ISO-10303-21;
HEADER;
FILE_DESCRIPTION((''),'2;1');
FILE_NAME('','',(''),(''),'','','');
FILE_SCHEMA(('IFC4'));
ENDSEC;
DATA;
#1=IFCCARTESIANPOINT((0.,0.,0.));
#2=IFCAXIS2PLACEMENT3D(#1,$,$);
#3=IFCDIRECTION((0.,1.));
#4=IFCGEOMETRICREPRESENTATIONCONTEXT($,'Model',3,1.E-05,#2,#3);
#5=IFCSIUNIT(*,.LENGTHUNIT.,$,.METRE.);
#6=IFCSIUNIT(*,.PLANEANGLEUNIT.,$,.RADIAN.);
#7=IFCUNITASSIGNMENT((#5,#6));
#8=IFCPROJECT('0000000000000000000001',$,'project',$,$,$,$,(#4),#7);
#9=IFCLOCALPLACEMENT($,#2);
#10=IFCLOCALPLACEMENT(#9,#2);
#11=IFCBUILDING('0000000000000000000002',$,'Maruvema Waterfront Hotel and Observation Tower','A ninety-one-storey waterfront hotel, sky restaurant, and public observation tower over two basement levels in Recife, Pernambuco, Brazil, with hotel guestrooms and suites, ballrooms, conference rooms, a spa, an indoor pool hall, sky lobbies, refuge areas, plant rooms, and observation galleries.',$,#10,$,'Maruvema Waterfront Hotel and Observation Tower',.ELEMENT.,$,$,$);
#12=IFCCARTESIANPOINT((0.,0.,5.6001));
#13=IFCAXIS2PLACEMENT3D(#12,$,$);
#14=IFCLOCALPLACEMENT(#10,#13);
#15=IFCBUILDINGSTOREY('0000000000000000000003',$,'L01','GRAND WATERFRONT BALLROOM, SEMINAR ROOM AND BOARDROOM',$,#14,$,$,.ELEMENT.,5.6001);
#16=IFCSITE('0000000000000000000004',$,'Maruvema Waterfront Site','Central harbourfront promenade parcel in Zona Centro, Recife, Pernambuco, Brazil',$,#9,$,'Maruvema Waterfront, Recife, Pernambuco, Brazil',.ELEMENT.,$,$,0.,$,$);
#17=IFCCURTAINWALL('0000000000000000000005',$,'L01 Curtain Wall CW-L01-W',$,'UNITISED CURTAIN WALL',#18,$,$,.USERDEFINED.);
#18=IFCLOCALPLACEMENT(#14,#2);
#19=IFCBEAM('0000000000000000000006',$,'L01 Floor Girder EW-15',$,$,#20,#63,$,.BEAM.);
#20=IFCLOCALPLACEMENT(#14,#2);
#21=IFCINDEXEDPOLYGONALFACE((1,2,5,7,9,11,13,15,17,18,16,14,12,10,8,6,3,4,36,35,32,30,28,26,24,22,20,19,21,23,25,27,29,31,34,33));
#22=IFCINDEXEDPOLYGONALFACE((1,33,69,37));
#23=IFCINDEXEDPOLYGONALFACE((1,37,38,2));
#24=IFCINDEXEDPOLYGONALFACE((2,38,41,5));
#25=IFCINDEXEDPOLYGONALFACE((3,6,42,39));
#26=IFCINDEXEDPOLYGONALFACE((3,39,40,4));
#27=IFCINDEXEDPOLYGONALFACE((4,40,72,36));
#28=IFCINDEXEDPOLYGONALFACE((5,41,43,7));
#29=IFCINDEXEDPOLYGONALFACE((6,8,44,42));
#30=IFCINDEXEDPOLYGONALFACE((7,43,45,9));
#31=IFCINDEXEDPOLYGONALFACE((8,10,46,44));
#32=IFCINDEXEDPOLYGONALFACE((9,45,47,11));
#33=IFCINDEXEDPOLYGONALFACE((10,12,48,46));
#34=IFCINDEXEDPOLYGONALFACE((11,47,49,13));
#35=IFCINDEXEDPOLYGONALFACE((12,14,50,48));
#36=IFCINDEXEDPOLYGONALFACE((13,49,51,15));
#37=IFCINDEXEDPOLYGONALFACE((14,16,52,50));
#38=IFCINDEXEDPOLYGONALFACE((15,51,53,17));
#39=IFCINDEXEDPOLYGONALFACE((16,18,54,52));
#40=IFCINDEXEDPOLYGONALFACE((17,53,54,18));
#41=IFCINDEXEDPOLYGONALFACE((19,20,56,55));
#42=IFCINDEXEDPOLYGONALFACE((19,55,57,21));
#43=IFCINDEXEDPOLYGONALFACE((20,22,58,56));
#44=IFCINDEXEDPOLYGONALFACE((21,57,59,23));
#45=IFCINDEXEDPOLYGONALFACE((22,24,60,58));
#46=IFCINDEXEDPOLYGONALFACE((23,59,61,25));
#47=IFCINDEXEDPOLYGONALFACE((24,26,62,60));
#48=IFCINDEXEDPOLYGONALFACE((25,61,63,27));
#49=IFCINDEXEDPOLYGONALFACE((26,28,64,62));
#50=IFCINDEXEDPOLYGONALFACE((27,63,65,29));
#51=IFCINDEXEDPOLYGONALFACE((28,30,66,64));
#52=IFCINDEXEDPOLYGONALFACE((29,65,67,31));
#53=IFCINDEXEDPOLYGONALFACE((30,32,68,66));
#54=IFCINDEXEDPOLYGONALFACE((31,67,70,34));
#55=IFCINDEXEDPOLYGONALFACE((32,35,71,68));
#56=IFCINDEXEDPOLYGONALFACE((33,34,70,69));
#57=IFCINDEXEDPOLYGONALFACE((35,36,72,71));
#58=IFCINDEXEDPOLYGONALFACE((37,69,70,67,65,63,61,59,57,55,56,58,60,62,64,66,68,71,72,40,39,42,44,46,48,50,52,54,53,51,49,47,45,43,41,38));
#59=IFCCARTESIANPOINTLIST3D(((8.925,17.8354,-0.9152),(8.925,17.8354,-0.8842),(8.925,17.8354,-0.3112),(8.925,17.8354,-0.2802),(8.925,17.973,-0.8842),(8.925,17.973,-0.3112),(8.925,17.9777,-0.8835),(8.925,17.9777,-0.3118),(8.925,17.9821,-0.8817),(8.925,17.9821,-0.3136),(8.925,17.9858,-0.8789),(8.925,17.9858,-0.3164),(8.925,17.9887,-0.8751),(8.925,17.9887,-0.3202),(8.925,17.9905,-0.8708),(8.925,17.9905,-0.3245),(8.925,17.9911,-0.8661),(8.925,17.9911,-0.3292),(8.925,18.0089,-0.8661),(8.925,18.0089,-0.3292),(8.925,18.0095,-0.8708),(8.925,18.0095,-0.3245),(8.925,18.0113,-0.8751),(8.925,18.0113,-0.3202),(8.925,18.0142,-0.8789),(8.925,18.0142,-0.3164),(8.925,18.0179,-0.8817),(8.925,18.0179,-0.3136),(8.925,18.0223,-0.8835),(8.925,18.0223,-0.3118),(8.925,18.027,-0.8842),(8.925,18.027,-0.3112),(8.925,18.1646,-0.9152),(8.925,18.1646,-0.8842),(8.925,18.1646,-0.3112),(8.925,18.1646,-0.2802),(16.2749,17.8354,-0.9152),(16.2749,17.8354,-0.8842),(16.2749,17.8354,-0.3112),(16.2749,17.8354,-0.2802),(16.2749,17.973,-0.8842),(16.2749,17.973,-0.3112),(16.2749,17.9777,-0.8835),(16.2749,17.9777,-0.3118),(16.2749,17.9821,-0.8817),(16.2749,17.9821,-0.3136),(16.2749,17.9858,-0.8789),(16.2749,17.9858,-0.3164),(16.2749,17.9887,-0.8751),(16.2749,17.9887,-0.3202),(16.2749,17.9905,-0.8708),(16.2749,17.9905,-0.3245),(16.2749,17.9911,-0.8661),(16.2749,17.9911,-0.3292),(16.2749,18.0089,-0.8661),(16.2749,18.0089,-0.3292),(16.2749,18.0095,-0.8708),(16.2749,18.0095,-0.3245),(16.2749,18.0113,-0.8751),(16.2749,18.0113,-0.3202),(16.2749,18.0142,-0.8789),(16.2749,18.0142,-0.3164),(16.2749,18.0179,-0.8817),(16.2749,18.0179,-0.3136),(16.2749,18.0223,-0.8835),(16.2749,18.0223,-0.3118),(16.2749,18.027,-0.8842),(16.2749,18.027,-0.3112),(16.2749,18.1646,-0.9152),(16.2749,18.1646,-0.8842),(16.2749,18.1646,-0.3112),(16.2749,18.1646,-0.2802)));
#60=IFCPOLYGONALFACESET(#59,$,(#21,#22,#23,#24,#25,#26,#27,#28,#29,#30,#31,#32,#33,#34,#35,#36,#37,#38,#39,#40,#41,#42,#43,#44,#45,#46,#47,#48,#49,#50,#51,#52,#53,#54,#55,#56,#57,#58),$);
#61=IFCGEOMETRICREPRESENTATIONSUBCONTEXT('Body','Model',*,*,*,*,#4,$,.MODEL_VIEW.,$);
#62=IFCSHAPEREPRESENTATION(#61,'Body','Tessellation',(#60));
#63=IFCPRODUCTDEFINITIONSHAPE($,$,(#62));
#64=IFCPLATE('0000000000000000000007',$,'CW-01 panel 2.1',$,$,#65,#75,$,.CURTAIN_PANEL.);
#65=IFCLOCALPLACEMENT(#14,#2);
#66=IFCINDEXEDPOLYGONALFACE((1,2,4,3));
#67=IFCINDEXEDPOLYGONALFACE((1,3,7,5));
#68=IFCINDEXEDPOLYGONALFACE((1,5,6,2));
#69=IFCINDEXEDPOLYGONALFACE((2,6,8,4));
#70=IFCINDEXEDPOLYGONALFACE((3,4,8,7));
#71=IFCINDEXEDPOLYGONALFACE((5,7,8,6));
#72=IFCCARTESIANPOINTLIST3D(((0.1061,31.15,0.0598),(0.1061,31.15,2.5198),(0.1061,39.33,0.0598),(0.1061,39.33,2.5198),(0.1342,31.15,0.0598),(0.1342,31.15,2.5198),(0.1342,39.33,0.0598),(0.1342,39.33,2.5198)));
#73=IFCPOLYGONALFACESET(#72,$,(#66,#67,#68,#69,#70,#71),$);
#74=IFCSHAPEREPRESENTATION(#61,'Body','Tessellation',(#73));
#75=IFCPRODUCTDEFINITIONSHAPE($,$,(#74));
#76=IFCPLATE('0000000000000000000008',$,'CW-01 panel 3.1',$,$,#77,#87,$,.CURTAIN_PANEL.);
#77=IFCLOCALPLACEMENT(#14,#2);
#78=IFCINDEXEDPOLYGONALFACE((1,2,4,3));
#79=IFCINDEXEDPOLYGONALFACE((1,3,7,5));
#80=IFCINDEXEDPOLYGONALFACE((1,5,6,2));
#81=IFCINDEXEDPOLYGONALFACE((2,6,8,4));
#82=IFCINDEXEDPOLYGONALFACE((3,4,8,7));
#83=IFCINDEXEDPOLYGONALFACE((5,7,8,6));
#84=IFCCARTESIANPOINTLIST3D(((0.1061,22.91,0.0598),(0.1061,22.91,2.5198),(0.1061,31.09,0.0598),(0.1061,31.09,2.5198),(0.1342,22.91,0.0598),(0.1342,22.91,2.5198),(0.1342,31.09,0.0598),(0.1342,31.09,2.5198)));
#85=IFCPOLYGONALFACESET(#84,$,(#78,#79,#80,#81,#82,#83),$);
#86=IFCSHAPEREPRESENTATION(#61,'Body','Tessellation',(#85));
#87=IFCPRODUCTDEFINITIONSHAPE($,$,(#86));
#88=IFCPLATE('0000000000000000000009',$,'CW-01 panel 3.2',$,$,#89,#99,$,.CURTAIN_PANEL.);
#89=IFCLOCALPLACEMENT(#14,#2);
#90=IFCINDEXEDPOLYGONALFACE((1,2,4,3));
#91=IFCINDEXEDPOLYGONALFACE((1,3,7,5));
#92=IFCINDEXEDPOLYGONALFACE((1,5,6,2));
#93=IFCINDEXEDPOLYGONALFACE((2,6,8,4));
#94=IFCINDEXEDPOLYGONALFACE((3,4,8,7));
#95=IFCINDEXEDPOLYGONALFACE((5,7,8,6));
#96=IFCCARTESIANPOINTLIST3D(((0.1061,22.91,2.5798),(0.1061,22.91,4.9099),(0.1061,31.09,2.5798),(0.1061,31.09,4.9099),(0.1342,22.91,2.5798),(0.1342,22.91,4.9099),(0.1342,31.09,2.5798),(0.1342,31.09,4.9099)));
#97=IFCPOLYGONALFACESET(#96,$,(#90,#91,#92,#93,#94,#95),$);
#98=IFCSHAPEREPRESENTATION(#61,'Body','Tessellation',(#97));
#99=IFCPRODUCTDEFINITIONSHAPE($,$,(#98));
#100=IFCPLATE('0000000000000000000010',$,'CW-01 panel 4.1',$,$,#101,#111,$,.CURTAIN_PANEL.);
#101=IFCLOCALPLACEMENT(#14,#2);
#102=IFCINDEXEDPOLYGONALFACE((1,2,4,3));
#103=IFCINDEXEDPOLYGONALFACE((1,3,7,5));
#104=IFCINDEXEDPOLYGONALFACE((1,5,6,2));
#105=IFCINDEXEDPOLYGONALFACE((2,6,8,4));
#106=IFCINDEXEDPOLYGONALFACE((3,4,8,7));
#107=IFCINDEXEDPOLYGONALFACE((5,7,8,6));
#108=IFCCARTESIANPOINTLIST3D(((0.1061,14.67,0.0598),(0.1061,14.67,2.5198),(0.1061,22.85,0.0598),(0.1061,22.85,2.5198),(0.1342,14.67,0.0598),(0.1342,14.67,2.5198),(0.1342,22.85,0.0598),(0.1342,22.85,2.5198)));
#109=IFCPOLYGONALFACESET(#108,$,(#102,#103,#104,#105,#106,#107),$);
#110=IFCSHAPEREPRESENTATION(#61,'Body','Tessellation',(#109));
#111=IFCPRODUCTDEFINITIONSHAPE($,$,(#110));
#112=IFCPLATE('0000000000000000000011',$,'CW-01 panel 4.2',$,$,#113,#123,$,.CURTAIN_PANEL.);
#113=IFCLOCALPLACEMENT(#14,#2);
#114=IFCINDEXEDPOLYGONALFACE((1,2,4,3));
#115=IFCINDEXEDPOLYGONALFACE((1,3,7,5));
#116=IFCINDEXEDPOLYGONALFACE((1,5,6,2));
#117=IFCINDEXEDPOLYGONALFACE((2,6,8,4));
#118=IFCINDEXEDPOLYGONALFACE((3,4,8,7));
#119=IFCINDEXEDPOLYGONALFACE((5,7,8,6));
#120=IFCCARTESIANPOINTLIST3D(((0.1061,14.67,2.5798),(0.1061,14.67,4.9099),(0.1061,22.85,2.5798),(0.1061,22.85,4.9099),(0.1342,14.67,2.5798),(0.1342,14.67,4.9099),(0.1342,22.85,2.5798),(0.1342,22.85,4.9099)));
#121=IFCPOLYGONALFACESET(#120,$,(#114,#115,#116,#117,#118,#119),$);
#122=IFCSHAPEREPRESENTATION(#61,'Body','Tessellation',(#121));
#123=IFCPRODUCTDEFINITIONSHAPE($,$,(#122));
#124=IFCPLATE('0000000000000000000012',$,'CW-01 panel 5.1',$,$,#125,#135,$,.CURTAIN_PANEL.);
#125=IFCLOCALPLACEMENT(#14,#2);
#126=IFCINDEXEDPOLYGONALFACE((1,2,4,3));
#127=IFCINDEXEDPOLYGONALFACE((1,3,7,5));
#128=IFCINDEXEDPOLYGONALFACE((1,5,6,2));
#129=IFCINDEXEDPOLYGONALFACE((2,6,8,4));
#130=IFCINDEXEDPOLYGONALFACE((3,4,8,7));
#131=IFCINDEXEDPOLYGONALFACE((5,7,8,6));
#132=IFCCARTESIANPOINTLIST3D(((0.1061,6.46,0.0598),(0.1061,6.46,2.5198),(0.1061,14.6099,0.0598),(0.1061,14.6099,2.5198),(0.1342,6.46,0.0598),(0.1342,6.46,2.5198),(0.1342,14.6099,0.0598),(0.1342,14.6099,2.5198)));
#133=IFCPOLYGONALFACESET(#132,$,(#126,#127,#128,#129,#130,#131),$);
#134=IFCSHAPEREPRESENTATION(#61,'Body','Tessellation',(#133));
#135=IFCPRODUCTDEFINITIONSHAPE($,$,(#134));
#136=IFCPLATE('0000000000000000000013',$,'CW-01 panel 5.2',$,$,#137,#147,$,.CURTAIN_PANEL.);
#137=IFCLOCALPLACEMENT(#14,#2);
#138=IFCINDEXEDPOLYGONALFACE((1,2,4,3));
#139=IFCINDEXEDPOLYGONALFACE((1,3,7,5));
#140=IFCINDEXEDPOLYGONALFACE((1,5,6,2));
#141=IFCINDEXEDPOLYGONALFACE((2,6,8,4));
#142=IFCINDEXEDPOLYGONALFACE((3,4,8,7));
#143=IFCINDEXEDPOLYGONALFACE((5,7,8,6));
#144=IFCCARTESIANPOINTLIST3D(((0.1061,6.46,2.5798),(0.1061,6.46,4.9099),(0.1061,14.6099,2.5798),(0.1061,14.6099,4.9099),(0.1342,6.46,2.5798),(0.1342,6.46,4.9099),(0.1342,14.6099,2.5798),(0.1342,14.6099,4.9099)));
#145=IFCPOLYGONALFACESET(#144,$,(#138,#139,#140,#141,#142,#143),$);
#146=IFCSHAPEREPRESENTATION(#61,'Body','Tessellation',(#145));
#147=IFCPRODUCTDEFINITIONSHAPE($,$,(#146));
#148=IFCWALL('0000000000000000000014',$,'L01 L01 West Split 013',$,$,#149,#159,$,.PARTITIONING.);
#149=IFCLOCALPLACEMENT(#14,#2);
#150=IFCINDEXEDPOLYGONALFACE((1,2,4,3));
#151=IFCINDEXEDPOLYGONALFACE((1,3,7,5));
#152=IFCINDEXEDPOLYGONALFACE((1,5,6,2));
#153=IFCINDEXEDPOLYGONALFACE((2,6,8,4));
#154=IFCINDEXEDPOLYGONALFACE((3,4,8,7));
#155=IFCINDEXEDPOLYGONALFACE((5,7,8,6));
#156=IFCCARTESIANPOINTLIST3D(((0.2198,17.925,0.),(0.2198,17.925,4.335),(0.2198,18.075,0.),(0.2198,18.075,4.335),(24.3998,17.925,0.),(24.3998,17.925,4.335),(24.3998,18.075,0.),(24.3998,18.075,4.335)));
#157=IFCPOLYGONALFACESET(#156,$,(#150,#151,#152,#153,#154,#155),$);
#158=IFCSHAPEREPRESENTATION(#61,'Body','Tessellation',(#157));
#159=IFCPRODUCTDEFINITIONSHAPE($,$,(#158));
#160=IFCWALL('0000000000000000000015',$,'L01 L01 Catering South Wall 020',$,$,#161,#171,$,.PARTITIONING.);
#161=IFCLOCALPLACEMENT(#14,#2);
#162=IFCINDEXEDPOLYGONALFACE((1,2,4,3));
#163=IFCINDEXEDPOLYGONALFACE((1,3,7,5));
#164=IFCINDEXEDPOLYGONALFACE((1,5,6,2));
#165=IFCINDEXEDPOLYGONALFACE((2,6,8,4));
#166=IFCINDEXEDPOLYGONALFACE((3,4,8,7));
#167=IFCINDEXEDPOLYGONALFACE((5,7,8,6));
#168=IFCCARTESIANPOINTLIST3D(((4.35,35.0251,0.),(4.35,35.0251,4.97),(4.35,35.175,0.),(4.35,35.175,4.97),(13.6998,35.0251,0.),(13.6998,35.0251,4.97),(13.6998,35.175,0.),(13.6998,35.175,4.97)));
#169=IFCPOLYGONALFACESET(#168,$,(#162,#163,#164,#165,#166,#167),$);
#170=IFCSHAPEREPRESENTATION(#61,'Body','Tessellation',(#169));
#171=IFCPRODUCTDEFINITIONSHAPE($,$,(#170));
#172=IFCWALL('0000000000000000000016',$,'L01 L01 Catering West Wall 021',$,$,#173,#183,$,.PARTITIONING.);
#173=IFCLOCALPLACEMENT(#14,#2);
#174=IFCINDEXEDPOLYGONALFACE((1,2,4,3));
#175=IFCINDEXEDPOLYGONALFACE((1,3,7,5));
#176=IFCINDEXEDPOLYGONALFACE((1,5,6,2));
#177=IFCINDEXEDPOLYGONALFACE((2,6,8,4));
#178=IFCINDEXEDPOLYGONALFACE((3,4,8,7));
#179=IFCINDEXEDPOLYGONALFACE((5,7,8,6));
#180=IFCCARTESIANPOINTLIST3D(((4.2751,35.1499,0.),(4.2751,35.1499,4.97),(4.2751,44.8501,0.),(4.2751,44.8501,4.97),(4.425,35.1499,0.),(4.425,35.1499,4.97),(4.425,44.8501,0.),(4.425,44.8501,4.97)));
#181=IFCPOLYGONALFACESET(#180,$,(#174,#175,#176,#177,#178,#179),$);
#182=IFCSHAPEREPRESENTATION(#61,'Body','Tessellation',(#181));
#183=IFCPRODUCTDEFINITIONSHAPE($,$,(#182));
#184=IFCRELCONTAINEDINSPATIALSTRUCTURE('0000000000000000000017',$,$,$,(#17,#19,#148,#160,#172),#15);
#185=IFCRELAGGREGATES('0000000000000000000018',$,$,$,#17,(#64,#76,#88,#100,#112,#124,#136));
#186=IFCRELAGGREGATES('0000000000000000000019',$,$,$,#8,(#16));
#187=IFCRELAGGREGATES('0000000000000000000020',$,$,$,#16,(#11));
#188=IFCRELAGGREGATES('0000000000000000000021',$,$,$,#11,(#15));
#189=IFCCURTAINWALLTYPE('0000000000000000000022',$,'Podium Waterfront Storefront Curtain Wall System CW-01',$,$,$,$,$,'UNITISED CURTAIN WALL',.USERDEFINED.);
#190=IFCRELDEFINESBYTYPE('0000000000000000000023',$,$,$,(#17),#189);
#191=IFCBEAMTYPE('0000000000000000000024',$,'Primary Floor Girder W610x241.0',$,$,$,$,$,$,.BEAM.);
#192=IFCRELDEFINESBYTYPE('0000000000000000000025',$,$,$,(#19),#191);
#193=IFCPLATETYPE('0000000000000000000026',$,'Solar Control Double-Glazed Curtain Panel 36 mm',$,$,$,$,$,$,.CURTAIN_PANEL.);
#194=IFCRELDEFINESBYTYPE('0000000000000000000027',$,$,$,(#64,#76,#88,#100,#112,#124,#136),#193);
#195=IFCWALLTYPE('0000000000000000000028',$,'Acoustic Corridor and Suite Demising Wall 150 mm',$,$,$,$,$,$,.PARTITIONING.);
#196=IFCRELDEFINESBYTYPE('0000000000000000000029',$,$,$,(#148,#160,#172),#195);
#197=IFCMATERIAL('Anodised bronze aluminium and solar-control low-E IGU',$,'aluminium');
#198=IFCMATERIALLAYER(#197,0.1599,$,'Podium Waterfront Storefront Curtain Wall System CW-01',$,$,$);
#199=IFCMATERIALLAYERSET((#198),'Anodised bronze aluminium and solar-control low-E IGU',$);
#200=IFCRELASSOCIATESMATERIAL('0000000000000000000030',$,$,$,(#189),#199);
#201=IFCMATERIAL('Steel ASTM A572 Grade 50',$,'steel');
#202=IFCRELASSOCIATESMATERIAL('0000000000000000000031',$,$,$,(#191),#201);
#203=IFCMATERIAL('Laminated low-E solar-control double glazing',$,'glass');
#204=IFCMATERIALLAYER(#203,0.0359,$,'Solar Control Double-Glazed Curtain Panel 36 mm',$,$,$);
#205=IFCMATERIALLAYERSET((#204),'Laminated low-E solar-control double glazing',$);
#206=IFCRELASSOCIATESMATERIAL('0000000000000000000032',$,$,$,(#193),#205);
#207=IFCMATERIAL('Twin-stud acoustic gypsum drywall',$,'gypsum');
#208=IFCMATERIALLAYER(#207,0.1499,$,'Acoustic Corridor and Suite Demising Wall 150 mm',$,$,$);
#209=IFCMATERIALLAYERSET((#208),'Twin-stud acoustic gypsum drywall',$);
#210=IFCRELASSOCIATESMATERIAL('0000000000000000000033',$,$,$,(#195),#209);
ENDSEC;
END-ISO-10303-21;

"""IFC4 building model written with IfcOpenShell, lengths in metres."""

from ifc_helpers import new_model, si_unit, direction, frame, frame_2d, origin, origin_2d, place, context, subcontext, project, spatial, rectangle, i_section, extrude, material, layer, layer_set, material_profile, profile_set, type_object, element, aggregate, save


model = new_model("IFC4")

# Units and contexts
model_context = context("Model", 3, precision=1e-05, world=origin(), true_north=direction((0.0, 1.0)))
body_context = subcontext(model_context, "Body", "Model", "MODEL_VIEW")
ifc_project = project(units=[si_unit("LENGTHUNIT", "METRE"), si_unit("PLANEANGLEUNIT", "RADIAN")], contexts=[model_context])

# Site, building, storey
site_placement = place(None, origin())
site = spatial("IfcSite", under=ifc_project, at=site_placement, Name="Maruvema Waterfront Site", Description="Central harbourfront promenade parcel in Zona Centro, Recife, Pernambuco, Brazil", LongName="Maruvema Waterfront, Recife, Pernambuco, Brazil", CompositionType="ELEMENT", RefElevation=0.0)
building_placement = place(site_placement, origin())
building = spatial("IfcBuilding", under=site, at=building_placement, Name="Maruvema Waterfront Hotel and Observation Tower", Description="A ninety-one-storey waterfront hotel, sky restaurant, and public observation tower over two basement levels in Recife, Pernambuco, Brazil, with hotel guestrooms and suites, ballrooms, conference rooms, a spa, an indoor pool hall, sky lobbies, refuge areas, plant rooms, and observation galleries.", LongName="Maruvema Waterfront Hotel and Observation Tower", CompositionType="ELEMENT")
storey_placement = place(building_placement, frame((0.0, 0.0, 5.6001)))
storey = spatial("IfcBuildingStorey", under=building, at=storey_placement, Name="L01", Description="GRAND WATERFRONT BALLROOM, SEMINAR ROOM AND BOARDROOM", CompositionType="ELEMENT", Elevation=5.6001)

# Curtain wall
ifc_material_1 = material(Name="Anodised bronze aluminium and solar-control low-E IGU", Category="aluminium")
ifc_layer_1 = layer(ifc_material_1, 0.1599, Name="Podium Waterfront Storefront Curtain Wall System CW-01")
ifc_layer_set_1 = layer_set([ifc_layer_1], Name="Anodised bronze aluminium and solar-control low-E IGU")
curtain_wall_type = type_object("IfcCurtainWallType", Name="Podium Waterfront Storefront Curtain Wall System CW-01", ElementType="UNITISED CURTAIN WALL", PredefinedType="USERDEFINED", material=ifc_layer_set_1)
curtain_wall_placement = place(storey_placement, origin())
curtain_wall = element("IfcCurtainWall", 1, at=curtain_wall_placement, inside=storey, type_object=curtain_wall_type, Name="L01 Curtain Wall CW-L01-W", ObjectType="UNITISED CURTAIN WALL", PredefinedType="USERDEFINED")

# Beam
ifc_material_2 = material(Name="Steel ASTM A572 Grade 50", Category="steel")
ifc_material_profile_1 = material_profile(ifc_material_2, i_section(OverallWidth=0.3291, OverallDepth=0.635, WebThickness=0.0178, FlangeThickness=0.031, FilletRadius=0.0181, at=origin_2d()), Name="W610x241.0")
ifc_profile_set_1 = profile_set([ifc_material_profile_1], Name="Steel ASTM A572 Grade 50")
beam_type_1 = type_object("IfcBeamType", Name="Primary Floor Girder W610x241.0", PredefinedType="BEAM", material=ifc_profile_set_1)
beam_placement = place(storey_placement, frame((8.925, 18.0, -0.5977), z_axis=(1.0, 0.0, 0.0), x_axis=(0.0, 1.0, 0.0)))
element("IfcBeam", 2, at=beam_placement, inside=storey, type_object=beam_type_1, Name="L01 Floor Girder EW-15", PredefinedType="BEAM", context=body_context, shape_type="SweptSolid", body=[
    extrude(i_section(OverallWidth=0.3291, OverallDepth=0.635, WebThickness=0.0178, FlangeThickness=0.031, FilletRadius=0.0181, at=origin_2d()), origin(), (0.0, 0.0, 1.0), 7.3499),
])

# Plates
ifc_material_3 = material(Name="Laminated low-E solar-control double glazing", Category="glass")
ifc_layer_2 = layer(ifc_material_3, 0.0359, Name="Solar Control Double-Glazed Curtain Panel 36 mm")
ifc_layer_set_2 = layer_set([ifc_layer_2], Name="Laminated low-E solar-control double glazing")
plate_type = type_object("IfcPlateType", Name="Solar Control Double-Glazed Curtain Panel 36 mm", PredefinedType="CURTAIN_PANEL", material=ifc_layer_set_2)
plate_1_placement = place(storey_placement, frame((0.1201, 35.24, 0.0598), z_axis=(0.0, 0.0, 1.0), x_axis=(0.0, -1.0, 0.0)))
plate_1 = element("IfcPlate", 3, at=plate_1_placement, type_object=plate_type, Name="CW-01 panel 2.1", PredefinedType="CURTAIN_PANEL", context=body_context, shape_type="SweptSolid", body=[
    extrude(rectangle(XDim=8.1799, YDim=0.0281, at=origin_2d()), origin(), (0.0, 0.0, 1.0), 2.46),
])
plate_2_placement = place(storey_placement, frame((0.1201, 27.0, 0.0598), z_axis=(0.0, 0.0, 1.0), x_axis=(0.0, -1.0, 0.0)))
plate_2 = element("IfcPlate", 4, at=plate_2_placement, type_object=plate_type, Name="CW-01 panel 3.1", PredefinedType="CURTAIN_PANEL", context=body_context, shape_type="SweptSolid", body=[
    extrude(rectangle(XDim=8.1799, YDim=0.0281, at=origin_2d()), origin(), (0.0, 0.0, 1.0), 2.46),
])
plate_3_placement = place(storey_placement, frame((0.1201, 27.0, 2.5798), z_axis=(0.0, 0.0, 1.0), x_axis=(0.0, -1.0, 0.0)))
plate_3 = element("IfcPlate", 5, at=plate_3_placement, type_object=plate_type, Name="CW-01 panel 3.2", PredefinedType="CURTAIN_PANEL", context=body_context, shape_type="SweptSolid", body=[
    extrude(rectangle(XDim=8.1799, YDim=0.0281, at=origin_2d()), origin(), (0.0, 0.0, 1.0), 2.3301),
])
plate_4_placement = place(storey_placement, frame((0.1201, 18.76, 0.0598), z_axis=(0.0, 0.0, 1.0), x_axis=(0.0, -1.0, 0.0)))
plate_4 = element("IfcPlate", 6, at=plate_4_placement, type_object=plate_type, Name="CW-01 panel 4.1", PredefinedType="CURTAIN_PANEL", context=body_context, shape_type="SweptSolid", body=[
    extrude(rectangle(XDim=8.1799, YDim=0.0281, at=origin_2d()), origin(), (0.0, 0.0, 1.0), 2.46),
])
plate_5_placement = place(storey_placement, frame((0.1201, 18.76, 2.5798), z_axis=(0.0, 0.0, 1.0), x_axis=(0.0, -1.0, 0.0)))
plate_5 = element("IfcPlate", 7, at=plate_5_placement, type_object=plate_type, Name="CW-01 panel 4.2", PredefinedType="CURTAIN_PANEL", context=body_context, shape_type="SweptSolid", body=[
    extrude(rectangle(XDim=8.1799, YDim=0.0281, at=origin_2d()), origin(), (0.0, 0.0, 1.0), 2.3301),
])
plate_6_placement = place(storey_placement, frame((0.1201, 10.5349, 0.0598), z_axis=(0.0, 0.0, 1.0), x_axis=(0.0, -1.0, 0.0)))
plate_6 = element("IfcPlate", 8, at=plate_6_placement, type_object=plate_type, Name="CW-01 panel 5.1", PredefinedType="CURTAIN_PANEL", context=body_context, shape_type="SweptSolid", body=[
    extrude(rectangle(XDim=8.1499, YDim=0.0281, at=origin_2d()), origin(), (0.0, 0.0, 1.0), 2.46),
])
plate_7_placement = place(storey_placement, frame((0.1201, 10.5349, 2.5798), z_axis=(0.0, 0.0, 1.0), x_axis=(0.0, -1.0, 0.0)))
plate_7 = element("IfcPlate", 9, at=plate_7_placement, type_object=plate_type, Name="CW-01 panel 5.2", PredefinedType="CURTAIN_PANEL", context=body_context, shape_type="SweptSolid", body=[
    extrude(rectangle(XDim=8.1499, YDim=0.0281, at=origin_2d()), origin(), (0.0, 0.0, 1.0), 2.3301),
])
aggregate(curtain_wall, [plate_1, plate_2, plate_3, plate_4, plate_5, plate_6, plate_7])

# Walls
ifc_material_4 = material(Name="Twin-stud acoustic gypsum drywall", Category="gypsum")
ifc_layer_3 = layer(ifc_material_4, 0.1499, Name="Acoustic Corridor and Suite Demising Wall 150 mm")
ifc_layer_set_3 = layer_set([ifc_layer_3], Name="Twin-stud acoustic gypsum drywall")
wall_type = type_object("IfcWallType", Name="Acoustic Corridor and Suite Demising Wall 150 mm", PredefinedType="PARTITIONING", material=ifc_layer_set_3)
wall_1_placement = place(storey_placement, frame((0.22, 18.0, 0.0), z_axis=(0.0, 0.0, 1.0), x_axis=(1.0, 0.0, 0.0)))
element("IfcWall", 10, at=wall_1_placement, inside=storey, type_object=wall_type, Name="L01 L01 West Split 013", PredefinedType="PARTITIONING", context=body_context, shape_type="SweptSolid", body=[
    extrude(rectangle(XDim=24.1799, YDim=0.1499, at=frame_2d((12.0898, 0.0))), origin(), (0.0, 0.0, 1.0), 4.335),
])
wall_2_placement = place(storey_placement, frame((4.3501, 35.1001, 0.0), z_axis=(0.0, 0.0, 1.0), x_axis=(1.0, 0.0, 0.0)))
element("IfcWall", 11, at=wall_2_placement, inside=storey, type_object=wall_type, Name="L01 L01 Catering South Wall 020", PredefinedType="PARTITIONING", context=body_context, shape_type="SweptSolid", body=[
    extrude(rectangle(XDim=9.3499, YDim=0.1499, at=frame_2d((4.6748, 0.0))), origin(), (0.0, 0.0, 1.0), 4.97),
])
wall_3_placement = place(storey_placement, frame((4.3501, 35.1499, 0.0), z_axis=(0.0, 0.0, 1.0), x_axis=(0.0, 1.0, 0.0)))
element("IfcWall", 12, at=wall_3_placement, inside=storey, type_object=wall_type, Name="L01 L01 Catering West Wall 021", PredefinedType="PARTITIONING", context=body_context, shape_type="SweptSolid", body=[
    extrude(rectangle(XDim=9.7002, YDim=0.1499, at=frame_2d((4.8501, 0.0))), origin(), (0.0, 0.0, 1.0), 4.97),
])

save(model, "model.ifc")
